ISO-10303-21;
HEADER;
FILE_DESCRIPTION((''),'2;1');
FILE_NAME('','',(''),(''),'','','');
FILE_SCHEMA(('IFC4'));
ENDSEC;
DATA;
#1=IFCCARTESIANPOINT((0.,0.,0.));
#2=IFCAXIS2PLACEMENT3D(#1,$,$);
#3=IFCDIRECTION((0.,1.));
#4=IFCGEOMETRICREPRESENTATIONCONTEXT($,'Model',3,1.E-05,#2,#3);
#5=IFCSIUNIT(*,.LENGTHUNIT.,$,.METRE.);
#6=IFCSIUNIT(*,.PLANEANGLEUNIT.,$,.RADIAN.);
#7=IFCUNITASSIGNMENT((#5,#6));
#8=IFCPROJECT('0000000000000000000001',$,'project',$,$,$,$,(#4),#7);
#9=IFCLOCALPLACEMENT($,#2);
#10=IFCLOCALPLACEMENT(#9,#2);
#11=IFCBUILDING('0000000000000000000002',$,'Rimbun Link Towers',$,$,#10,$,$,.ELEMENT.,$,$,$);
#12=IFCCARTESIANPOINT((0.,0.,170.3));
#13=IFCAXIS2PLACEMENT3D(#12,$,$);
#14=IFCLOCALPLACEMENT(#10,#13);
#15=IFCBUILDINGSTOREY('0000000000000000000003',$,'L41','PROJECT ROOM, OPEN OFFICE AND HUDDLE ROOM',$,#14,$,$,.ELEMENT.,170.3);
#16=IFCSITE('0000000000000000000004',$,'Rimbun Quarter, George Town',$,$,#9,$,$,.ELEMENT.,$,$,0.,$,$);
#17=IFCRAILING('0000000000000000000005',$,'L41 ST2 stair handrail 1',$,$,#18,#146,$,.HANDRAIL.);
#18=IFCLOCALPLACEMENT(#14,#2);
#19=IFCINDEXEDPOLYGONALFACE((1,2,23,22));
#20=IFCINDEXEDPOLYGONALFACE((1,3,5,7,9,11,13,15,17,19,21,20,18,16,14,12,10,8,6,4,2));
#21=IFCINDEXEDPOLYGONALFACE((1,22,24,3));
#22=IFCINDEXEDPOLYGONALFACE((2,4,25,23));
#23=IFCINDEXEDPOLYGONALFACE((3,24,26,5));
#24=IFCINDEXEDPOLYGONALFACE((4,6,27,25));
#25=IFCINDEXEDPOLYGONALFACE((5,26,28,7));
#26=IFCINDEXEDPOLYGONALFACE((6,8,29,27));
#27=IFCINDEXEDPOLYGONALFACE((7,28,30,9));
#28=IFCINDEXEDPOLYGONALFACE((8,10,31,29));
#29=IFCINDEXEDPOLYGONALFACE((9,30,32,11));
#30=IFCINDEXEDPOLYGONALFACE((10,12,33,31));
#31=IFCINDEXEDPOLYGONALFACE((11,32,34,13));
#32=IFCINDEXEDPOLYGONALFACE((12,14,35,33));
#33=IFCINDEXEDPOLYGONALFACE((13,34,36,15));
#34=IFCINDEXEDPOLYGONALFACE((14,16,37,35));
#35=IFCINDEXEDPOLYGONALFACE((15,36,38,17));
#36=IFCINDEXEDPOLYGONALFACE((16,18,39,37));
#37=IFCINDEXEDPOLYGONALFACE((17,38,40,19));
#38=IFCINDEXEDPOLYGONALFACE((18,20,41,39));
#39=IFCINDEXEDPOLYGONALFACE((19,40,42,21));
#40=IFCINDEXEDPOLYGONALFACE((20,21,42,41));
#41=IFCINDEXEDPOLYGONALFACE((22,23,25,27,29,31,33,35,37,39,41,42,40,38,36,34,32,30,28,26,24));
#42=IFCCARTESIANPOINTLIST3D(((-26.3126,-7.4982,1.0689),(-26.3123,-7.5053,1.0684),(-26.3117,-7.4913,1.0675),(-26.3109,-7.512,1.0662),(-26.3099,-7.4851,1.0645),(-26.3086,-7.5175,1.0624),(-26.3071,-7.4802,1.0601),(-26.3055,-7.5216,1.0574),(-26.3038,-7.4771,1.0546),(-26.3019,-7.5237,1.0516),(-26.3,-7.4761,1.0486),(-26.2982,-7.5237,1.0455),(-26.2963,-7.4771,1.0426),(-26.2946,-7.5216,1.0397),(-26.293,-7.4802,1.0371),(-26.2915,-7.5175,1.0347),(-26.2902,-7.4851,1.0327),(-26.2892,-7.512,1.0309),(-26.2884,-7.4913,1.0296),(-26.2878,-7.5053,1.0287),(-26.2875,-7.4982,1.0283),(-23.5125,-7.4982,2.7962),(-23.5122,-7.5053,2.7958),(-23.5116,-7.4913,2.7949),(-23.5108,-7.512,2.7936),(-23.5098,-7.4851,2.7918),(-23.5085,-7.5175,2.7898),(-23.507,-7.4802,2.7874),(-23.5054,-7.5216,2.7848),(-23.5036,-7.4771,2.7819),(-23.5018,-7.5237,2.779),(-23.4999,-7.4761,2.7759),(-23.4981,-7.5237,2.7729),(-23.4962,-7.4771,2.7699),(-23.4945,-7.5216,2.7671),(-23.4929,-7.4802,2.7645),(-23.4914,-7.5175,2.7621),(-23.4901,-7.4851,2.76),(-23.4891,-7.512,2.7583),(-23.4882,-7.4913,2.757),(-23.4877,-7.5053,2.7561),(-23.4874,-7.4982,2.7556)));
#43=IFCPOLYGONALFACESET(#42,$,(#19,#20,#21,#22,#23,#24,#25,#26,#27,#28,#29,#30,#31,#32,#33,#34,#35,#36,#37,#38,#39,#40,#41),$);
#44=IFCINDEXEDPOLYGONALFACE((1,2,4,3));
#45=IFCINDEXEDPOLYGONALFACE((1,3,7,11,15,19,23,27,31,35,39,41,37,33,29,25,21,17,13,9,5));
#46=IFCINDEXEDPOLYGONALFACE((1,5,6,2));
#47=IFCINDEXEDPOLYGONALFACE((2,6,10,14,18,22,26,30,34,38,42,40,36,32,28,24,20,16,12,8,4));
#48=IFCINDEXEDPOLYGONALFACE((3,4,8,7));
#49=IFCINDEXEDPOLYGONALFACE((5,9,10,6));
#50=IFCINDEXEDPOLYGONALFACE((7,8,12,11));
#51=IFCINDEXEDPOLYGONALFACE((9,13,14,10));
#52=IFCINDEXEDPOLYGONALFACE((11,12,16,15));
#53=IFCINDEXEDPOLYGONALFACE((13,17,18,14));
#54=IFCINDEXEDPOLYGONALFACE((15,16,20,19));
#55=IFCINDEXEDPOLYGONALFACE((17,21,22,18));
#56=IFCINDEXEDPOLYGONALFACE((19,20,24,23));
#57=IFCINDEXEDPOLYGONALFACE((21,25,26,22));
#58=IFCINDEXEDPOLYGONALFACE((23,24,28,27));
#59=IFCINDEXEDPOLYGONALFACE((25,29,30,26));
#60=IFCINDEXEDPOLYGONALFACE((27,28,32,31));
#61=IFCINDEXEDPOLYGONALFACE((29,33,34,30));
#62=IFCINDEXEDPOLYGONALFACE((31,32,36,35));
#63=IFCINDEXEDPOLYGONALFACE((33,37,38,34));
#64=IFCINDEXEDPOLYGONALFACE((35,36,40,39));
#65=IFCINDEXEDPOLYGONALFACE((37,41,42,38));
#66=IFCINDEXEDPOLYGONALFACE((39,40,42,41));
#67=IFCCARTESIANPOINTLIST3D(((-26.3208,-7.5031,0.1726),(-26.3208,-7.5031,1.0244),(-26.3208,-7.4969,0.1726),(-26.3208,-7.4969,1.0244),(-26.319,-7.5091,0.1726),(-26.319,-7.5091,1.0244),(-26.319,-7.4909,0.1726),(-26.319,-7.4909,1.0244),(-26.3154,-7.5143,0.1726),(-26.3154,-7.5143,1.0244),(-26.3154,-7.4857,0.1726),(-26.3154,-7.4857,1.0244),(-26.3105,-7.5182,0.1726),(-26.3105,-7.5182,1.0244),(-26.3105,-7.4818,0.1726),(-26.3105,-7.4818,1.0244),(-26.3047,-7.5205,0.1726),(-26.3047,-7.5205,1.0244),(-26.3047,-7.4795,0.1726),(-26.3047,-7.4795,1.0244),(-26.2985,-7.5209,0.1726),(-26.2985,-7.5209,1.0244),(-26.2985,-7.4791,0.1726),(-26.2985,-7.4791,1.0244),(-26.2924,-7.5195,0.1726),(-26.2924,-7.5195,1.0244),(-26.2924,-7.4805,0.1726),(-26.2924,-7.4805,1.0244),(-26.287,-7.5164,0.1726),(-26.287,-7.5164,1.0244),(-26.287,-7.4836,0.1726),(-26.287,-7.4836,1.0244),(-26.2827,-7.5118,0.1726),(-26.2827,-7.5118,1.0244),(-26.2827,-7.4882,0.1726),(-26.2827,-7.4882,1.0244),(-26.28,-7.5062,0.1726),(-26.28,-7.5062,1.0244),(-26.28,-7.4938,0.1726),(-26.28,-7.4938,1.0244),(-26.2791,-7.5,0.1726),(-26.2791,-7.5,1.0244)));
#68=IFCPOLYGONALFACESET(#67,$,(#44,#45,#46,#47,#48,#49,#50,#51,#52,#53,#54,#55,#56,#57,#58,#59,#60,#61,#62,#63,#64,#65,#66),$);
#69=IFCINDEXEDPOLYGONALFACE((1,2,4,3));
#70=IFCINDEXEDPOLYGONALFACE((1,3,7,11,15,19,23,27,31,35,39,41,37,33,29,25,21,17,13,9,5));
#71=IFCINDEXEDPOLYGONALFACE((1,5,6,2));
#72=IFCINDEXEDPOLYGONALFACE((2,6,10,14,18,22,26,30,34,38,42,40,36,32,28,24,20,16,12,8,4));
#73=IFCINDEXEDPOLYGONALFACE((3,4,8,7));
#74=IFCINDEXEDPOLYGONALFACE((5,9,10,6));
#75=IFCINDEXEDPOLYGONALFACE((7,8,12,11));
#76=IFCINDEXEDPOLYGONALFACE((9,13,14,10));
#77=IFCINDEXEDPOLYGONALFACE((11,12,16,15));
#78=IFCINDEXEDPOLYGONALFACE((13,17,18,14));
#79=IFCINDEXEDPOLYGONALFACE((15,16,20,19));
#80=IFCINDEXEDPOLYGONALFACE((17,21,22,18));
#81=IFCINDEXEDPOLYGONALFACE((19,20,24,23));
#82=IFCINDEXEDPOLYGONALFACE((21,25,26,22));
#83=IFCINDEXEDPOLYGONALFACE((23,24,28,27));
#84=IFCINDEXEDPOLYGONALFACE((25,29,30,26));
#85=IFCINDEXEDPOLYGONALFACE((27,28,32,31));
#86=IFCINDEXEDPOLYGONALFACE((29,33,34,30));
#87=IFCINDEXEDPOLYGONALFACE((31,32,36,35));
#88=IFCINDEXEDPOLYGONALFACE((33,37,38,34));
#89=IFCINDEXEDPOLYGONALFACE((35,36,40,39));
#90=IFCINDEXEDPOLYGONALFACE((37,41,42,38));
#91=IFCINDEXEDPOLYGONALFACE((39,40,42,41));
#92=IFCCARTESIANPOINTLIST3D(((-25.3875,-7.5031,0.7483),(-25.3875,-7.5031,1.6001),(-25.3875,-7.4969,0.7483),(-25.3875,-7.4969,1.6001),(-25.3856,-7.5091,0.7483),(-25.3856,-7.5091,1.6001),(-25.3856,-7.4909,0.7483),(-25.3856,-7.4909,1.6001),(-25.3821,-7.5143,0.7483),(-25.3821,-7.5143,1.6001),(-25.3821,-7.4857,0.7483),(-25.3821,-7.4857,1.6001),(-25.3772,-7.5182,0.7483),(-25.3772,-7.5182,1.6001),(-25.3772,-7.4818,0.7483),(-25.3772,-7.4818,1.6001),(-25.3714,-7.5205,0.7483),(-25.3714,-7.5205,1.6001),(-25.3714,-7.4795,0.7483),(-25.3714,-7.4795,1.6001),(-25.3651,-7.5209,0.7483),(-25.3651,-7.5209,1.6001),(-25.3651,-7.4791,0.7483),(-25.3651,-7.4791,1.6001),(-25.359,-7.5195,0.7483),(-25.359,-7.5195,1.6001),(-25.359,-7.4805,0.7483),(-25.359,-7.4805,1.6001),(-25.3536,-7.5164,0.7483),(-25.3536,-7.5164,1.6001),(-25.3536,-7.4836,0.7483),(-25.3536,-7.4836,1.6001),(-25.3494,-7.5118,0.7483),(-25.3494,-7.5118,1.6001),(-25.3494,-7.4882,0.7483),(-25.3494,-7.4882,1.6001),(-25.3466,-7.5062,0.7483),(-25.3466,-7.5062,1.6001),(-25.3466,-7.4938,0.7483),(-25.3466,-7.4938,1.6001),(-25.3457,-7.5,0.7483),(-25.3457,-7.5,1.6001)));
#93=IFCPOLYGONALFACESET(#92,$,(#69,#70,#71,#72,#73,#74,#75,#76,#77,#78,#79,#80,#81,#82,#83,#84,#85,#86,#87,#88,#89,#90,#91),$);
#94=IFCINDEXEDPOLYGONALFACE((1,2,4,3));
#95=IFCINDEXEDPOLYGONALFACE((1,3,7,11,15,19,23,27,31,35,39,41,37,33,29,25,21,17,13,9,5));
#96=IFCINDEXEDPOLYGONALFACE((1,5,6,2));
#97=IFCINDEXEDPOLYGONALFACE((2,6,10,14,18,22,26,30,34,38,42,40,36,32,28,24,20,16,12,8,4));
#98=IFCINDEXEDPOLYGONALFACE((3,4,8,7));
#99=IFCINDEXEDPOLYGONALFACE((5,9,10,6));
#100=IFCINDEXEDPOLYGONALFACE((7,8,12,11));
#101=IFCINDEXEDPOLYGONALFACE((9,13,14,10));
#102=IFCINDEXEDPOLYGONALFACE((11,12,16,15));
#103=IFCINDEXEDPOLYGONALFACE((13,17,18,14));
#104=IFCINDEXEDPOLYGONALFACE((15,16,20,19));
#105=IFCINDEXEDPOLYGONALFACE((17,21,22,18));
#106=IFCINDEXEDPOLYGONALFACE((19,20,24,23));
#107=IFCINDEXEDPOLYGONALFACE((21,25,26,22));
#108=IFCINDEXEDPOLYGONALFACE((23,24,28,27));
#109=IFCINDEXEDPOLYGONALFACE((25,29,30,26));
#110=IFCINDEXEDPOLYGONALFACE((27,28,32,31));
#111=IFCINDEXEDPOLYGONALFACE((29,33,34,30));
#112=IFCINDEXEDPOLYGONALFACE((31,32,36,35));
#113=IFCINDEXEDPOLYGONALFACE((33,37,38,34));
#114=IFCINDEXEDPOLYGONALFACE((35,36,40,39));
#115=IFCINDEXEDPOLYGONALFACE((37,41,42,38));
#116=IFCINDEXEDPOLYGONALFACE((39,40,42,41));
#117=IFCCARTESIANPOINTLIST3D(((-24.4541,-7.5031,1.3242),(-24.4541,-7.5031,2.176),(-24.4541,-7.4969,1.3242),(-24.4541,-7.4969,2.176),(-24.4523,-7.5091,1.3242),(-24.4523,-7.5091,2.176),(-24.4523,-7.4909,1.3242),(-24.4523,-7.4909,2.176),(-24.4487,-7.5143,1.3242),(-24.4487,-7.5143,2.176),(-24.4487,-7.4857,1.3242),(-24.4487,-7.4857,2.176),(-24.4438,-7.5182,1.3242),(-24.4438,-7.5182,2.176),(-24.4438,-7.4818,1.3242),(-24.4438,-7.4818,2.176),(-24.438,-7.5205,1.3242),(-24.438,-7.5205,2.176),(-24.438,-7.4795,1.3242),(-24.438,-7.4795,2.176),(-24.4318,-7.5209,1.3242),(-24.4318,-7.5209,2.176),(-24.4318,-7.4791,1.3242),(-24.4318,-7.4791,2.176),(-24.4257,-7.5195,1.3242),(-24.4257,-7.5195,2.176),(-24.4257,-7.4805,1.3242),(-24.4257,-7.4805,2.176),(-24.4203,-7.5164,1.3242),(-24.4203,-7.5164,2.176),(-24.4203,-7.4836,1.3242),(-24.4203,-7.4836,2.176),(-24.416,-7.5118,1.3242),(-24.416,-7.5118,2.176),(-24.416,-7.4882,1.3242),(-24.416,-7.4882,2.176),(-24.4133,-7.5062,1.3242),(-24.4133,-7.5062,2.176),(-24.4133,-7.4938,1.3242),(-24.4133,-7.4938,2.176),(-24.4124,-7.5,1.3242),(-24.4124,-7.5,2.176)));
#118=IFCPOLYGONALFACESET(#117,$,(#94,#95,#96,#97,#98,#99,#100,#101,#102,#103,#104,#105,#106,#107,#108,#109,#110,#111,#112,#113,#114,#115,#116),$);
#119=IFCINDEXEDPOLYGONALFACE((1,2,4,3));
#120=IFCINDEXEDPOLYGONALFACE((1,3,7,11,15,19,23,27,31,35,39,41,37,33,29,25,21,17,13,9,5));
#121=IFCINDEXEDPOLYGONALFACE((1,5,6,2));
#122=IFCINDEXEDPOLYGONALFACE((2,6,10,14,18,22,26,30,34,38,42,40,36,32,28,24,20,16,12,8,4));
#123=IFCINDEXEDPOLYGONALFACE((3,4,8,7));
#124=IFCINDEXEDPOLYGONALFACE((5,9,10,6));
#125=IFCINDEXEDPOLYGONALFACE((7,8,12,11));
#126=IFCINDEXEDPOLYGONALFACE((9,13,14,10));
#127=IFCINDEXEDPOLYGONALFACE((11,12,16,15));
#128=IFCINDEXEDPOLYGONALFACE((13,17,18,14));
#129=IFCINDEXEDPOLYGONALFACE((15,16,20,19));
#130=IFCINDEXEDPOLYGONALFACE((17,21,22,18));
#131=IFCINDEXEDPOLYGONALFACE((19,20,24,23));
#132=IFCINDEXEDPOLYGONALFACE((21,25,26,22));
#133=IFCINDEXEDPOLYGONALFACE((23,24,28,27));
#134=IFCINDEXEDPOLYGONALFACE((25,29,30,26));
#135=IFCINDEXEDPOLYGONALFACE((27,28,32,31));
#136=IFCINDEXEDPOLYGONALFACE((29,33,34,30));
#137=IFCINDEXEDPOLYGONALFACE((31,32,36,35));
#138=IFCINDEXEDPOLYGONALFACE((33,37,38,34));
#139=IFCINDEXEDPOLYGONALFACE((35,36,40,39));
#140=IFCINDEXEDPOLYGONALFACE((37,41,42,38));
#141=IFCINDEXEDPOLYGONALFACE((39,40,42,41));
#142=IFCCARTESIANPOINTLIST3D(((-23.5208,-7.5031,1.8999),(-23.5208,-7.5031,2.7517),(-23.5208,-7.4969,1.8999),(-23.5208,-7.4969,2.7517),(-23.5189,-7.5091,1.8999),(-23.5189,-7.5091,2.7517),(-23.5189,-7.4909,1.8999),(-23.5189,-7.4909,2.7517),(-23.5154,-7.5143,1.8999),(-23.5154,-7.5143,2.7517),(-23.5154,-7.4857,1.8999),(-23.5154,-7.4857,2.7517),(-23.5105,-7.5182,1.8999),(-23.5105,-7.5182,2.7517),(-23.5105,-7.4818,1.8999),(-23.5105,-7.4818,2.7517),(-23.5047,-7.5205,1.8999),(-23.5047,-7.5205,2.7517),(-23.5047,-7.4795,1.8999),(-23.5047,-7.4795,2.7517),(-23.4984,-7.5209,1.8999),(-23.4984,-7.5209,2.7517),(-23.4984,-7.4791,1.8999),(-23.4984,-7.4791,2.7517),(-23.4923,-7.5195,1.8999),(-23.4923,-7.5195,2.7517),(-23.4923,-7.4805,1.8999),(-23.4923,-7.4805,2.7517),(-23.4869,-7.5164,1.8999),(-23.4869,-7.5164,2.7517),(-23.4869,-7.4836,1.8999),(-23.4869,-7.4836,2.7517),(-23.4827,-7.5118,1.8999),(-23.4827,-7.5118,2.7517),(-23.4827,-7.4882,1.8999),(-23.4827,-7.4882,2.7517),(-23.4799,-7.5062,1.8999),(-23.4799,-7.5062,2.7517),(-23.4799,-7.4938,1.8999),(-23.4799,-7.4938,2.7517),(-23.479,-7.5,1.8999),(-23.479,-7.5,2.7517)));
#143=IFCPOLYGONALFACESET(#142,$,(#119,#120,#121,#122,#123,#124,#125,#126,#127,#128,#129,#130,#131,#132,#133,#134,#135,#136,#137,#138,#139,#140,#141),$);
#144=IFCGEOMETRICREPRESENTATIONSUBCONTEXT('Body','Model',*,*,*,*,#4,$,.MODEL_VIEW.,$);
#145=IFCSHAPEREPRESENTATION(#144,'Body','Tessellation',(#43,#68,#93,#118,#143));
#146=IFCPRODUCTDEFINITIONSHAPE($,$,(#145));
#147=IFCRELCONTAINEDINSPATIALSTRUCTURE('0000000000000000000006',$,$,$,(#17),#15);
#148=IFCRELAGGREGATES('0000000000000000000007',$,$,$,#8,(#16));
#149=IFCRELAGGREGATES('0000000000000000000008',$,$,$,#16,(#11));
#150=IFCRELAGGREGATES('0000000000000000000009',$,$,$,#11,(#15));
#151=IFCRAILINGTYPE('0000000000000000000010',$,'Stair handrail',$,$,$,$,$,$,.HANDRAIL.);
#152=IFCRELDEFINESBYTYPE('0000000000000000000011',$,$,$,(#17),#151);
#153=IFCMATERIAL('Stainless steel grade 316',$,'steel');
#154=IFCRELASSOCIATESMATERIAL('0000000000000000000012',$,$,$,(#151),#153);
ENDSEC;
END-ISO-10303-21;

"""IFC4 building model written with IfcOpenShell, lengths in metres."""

from ifc_helpers import new_model, si_unit, direction, frame, origin, origin_2d, place, context, subcontext, project, spatial, circle, extrude, material, type_object, element, save


model = new_model("IFC4")

# Units and contexts
model_context = context("Model", 3, precision=1e-05, world=origin(), true_north=direction((0.0, 1.0)))
body_context = subcontext(model_context, "Body", "Model", "MODEL_VIEW")
ifc_project = project(units=[si_unit("LENGTHUNIT", "METRE"), si_unit("PLANEANGLEUNIT", "RADIAN")], contexts=[model_context])

# Site, building, storey
site_placement = place(None, origin())
site = spatial("IfcSite", under=ifc_project, at=site_placement, Name="Rimbun Quarter, George Town", CompositionType="ELEMENT", RefElevation=0.0)
building_placement = place(site_placement, origin())
building = spatial("IfcBuilding", under=site, at=building_placement, Name="Rimbun Link Towers", CompositionType="ELEMENT")
storey_placement = place(building_placement, frame((0.0, 0.0, 170.3)))
storey = spatial("IfcBuildingStorey", under=building, at=storey_placement, Name="L41", Description="PROJECT ROOM, OPEN OFFICE AND HUDDLE ROOM", CompositionType="ELEMENT", Elevation=170.3)

# Railing
ifc_material_1 = material(Name="Stainless steel grade 316", Category="steel")
railing_type_1 = type_object("IfcRailingType", Name="Stair handrail", PredefinedType="HANDRAIL", material=ifc_material_1)
railing_1_placement = place(storey_placement, frame((-26.3, -7.5, 0.1726)))
element("IfcRailing", 1, at=railing_1_placement, inside=storey, type_object=railing_type_1, Name="L41 ST2 stair handrail 1", PredefinedType="HANDRAIL", context=body_context, shape_type="SweptSolid", body=[
    extrude(circle(Radius=0.0239, at=origin_2d()), frame((0.0, 0.0, 0.876), z_axis=(0.85109, 0.0, 0.52502), x_axis=(0.0, 1.0, 0.0)), (0.0, 0.0, 1.0), 3.29),
    extrude(circle(Radius=0.021, at=origin_2d()), origin(), (0.0, 0.0, 1.0), 0.8518),
    extrude(circle(Radius=0.021, at=origin_2d()), frame((0.9333, 0.0, 0.5757)), (0.0, 0.0, 1.0), 0.8518),
    extrude(circle(Radius=0.021, at=origin_2d()), frame((1.8667, 0.0, 1.1516)), (0.0, 0.0, 1.0), 0.8518),
    extrude(circle(Radius=0.021, at=origin_2d()), frame((2.8, 0.0, 1.7273)), (0.0, 0.0, 1.0), 0.8518),
])

save(model, "model.ifc")
